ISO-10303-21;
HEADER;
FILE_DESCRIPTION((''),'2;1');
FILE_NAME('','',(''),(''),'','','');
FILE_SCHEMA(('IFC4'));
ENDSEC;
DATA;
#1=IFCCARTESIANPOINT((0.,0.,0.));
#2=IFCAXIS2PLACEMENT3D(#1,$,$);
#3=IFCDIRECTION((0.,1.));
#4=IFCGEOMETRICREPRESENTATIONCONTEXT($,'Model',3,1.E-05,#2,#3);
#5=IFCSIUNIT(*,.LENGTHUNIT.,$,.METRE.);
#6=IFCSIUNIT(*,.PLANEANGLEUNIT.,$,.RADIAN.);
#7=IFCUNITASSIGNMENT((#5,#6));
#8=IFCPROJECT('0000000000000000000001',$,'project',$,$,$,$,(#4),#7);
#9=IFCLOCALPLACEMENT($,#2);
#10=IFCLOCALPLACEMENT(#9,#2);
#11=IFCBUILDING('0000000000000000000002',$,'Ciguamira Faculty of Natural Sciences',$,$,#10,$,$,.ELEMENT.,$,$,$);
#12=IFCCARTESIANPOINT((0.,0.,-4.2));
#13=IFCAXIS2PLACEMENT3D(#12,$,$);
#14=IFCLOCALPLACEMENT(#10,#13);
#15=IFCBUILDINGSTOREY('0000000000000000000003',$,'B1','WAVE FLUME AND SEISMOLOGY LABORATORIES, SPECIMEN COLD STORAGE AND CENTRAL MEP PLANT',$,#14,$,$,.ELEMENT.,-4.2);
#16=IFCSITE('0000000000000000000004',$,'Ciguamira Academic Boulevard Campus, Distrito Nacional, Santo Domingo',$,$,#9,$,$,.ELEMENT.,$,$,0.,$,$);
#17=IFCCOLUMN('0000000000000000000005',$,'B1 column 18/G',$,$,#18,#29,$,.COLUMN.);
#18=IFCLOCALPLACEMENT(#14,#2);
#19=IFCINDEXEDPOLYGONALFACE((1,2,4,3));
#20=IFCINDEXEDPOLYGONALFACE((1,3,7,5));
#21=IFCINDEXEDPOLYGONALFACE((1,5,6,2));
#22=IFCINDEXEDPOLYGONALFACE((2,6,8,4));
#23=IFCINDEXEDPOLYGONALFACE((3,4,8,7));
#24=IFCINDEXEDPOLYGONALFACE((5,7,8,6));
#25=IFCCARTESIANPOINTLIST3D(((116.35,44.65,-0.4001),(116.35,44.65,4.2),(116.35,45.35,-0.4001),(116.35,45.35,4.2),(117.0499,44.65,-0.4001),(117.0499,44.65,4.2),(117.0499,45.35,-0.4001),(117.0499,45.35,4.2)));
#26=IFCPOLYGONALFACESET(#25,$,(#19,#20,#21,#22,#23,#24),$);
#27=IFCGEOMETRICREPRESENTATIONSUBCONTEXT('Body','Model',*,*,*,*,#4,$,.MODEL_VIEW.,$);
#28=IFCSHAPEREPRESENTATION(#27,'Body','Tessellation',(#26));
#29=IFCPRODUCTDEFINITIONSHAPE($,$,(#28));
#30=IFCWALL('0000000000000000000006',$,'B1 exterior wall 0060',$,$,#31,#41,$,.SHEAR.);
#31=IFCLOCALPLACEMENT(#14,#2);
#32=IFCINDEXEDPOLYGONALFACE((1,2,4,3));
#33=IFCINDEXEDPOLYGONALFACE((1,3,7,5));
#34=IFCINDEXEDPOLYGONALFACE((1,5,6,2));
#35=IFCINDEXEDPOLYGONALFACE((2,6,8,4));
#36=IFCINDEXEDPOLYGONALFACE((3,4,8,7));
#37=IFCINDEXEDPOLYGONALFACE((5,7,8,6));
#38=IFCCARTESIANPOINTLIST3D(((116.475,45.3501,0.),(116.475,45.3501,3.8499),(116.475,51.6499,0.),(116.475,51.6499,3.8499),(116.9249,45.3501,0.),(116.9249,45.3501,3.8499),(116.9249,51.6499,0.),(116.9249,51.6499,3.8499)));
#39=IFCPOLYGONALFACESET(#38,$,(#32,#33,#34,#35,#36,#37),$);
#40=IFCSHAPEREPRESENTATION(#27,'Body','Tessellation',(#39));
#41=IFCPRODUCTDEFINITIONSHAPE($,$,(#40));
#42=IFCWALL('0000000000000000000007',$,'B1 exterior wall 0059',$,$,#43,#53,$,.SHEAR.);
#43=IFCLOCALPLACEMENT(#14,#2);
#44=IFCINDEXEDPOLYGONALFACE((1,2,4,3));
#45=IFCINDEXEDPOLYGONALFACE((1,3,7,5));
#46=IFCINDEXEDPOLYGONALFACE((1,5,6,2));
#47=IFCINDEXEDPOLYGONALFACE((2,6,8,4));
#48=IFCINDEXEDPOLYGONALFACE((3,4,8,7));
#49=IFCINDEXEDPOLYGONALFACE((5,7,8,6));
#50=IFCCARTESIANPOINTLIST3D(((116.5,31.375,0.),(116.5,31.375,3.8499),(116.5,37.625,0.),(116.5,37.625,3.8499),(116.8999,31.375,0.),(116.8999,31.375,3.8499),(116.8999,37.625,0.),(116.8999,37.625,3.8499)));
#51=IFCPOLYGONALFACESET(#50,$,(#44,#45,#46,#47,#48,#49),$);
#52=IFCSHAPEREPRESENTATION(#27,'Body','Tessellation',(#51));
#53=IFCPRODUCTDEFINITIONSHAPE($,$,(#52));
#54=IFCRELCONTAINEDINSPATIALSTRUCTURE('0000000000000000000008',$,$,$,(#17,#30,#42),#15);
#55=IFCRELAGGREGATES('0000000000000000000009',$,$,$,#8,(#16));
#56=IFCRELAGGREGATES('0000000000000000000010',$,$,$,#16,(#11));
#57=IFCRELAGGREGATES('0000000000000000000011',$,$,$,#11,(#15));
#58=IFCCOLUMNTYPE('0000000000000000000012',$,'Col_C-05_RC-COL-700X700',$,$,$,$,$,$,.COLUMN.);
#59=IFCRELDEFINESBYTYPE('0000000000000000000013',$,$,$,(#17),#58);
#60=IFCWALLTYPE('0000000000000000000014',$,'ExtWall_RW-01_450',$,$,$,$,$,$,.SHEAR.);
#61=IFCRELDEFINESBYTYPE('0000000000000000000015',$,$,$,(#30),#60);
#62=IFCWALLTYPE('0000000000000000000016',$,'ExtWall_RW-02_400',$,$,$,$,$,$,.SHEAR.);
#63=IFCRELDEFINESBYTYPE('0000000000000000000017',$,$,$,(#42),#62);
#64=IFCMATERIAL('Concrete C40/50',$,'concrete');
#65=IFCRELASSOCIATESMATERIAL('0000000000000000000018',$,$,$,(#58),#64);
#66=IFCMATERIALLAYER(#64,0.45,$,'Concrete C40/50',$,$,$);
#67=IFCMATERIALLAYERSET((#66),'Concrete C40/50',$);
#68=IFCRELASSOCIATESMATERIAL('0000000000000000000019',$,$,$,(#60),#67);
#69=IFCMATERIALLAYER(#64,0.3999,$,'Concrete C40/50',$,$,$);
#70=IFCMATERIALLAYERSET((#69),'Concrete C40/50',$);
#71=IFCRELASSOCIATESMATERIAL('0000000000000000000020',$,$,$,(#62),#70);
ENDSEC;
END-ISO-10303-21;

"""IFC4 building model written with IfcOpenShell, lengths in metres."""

from ifc_helpers import new_model, si_unit, direction, frame, frame_2d, origin, origin_2d, place, context, subcontext, project, spatial, rectangle, extrude, material, layer, layer_set, material_profile, profile_set, type_object, element, save


model = new_model("IFC4")

# Units and contexts
model_context = context("Model", 3, precision=1e-05, world=origin(), true_north=direction((0.0, 1.0)))
body_context = subcontext(model_context, "Body", "Model", "MODEL_VIEW")
ifc_project = project(units=[si_unit("LENGTHUNIT", "METRE"), si_unit("PLANEANGLEUNIT", "RADIAN")], contexts=[model_context])

# Site, building, storey
site_placement = place(None, origin())
site = spatial("IfcSite", under=ifc_project, at=site_placement, Name="Ciguamira Academic Boulevard Campus, Distrito Nacional, Santo Domingo", CompositionType="ELEMENT", RefElevation=0.0)
building_placement = place(site_placement, origin())
building = spatial("IfcBuilding", under=site, at=building_placement, Name="Ciguamira Faculty of Natural Sciences", CompositionType="ELEMENT")
storey_placement = place(building_placement, frame((0.0, 0.0, -4.2)))
storey = spatial("IfcBuildingStorey", under=building, at=storey_placement, Name="B1", Description="WAVE FLUME AND SEISMOLOGY LABORATORIES, SPECIMEN COLD STORAGE AND CENTRAL MEP PLANT", CompositionType="ELEMENT", Elevation=-4.2)

# Column
ifc_material_1 = material(Name="Concrete C40/50", Category="concrete")
ifc_material_profile_1 = material_profile(ifc_material_1, rectangle(XDim=0.7, YDim=0.7, at=origin_2d()), Name="RC-COL-700X700")
ifc_profile_set_1 = profile_set([ifc_material_profile_1], Name="Concrete C40/50")
column_type_1 = type_object("IfcColumnType", Name="Col_C-05_RC-COL-700X700", PredefinedType="COLUMN", material=ifc_profile_set_1)
column_placement = place(storey_placement, frame((116.7, 45.0, -0.4001), z_axis=(0.0, 0.0, 1.0), x_axis=(1.0, 0.0, 0.0)))
element("IfcColumn", 1, at=column_placement, inside=storey, type_object=column_type_1, Name="B1 column 18/G", PredefinedType="COLUMN", context=body_context, shape_type="SweptSolid", body=[
    extrude(rectangle(XDim=0.7, YDim=0.7, at=origin_2d()), origin(), (0.0, 0.0, 1.0), 4.6001),
])

# Walls
ifc_layer_1 = layer(ifc_material_1, 0.45, Name="Concrete C40/50")
ifc_layer_set_1 = layer_set([ifc_layer_1], Name="Concrete C40/50")
wall_type_1 = type_object("IfcWallType", Name="ExtWall_RW-01_450", PredefinedType="SHEAR", material=ifc_layer_set_1)
wall_1_placement = place(storey_placement, frame((116.7, 45.3501, 0.0), z_axis=(0.0, 0.0, 1.0), x_axis=(0.0, 1.0, 0.0)))
element("IfcWall", 2, at=wall_1_placement, inside=storey, type_object=wall_type_1, Name="B1 exterior wall 0060", PredefinedType="SHEAR", context=body_context, shape_type="SweptSolid", body=[
    extrude(rectangle(XDim=6.2998, YDim=0.45, at=frame_2d((3.1499, 0.0))), origin(), (0.0, 0.0, 1.0), 3.8499),
])
ifc_layer_2 = layer(ifc_material_1, 0.3999, Name="Concrete C40/50")
ifc_layer_set_2 = layer_set([ifc_layer_2], Name="Concrete C40/50")
wall_type_2 = type_object("IfcWallType", Name="ExtWall_RW-02_400", PredefinedType="SHEAR", material=ifc_layer_set_2)
wall_2_placement = place(storey_placement, frame((116.7, 31.375, 0.0), z_axis=(0.0, 0.0, 1.0), x_axis=(0.0, 1.0, 0.0)))
element("IfcWall", 3, at=wall_2_placement, inside=storey, type_object=wall_type_2, Name="B1 exterior wall 0059", PredefinedType="SHEAR", context=body_context, shape_type="SweptSolid", body=[
    extrude(rectangle(XDim=6.25, YDim=0.3999, at=frame_2d((3.125, 0.0))), origin(), (0.0, 0.0, 1.0), 3.8499),
])

save(model, "model.ifc")
